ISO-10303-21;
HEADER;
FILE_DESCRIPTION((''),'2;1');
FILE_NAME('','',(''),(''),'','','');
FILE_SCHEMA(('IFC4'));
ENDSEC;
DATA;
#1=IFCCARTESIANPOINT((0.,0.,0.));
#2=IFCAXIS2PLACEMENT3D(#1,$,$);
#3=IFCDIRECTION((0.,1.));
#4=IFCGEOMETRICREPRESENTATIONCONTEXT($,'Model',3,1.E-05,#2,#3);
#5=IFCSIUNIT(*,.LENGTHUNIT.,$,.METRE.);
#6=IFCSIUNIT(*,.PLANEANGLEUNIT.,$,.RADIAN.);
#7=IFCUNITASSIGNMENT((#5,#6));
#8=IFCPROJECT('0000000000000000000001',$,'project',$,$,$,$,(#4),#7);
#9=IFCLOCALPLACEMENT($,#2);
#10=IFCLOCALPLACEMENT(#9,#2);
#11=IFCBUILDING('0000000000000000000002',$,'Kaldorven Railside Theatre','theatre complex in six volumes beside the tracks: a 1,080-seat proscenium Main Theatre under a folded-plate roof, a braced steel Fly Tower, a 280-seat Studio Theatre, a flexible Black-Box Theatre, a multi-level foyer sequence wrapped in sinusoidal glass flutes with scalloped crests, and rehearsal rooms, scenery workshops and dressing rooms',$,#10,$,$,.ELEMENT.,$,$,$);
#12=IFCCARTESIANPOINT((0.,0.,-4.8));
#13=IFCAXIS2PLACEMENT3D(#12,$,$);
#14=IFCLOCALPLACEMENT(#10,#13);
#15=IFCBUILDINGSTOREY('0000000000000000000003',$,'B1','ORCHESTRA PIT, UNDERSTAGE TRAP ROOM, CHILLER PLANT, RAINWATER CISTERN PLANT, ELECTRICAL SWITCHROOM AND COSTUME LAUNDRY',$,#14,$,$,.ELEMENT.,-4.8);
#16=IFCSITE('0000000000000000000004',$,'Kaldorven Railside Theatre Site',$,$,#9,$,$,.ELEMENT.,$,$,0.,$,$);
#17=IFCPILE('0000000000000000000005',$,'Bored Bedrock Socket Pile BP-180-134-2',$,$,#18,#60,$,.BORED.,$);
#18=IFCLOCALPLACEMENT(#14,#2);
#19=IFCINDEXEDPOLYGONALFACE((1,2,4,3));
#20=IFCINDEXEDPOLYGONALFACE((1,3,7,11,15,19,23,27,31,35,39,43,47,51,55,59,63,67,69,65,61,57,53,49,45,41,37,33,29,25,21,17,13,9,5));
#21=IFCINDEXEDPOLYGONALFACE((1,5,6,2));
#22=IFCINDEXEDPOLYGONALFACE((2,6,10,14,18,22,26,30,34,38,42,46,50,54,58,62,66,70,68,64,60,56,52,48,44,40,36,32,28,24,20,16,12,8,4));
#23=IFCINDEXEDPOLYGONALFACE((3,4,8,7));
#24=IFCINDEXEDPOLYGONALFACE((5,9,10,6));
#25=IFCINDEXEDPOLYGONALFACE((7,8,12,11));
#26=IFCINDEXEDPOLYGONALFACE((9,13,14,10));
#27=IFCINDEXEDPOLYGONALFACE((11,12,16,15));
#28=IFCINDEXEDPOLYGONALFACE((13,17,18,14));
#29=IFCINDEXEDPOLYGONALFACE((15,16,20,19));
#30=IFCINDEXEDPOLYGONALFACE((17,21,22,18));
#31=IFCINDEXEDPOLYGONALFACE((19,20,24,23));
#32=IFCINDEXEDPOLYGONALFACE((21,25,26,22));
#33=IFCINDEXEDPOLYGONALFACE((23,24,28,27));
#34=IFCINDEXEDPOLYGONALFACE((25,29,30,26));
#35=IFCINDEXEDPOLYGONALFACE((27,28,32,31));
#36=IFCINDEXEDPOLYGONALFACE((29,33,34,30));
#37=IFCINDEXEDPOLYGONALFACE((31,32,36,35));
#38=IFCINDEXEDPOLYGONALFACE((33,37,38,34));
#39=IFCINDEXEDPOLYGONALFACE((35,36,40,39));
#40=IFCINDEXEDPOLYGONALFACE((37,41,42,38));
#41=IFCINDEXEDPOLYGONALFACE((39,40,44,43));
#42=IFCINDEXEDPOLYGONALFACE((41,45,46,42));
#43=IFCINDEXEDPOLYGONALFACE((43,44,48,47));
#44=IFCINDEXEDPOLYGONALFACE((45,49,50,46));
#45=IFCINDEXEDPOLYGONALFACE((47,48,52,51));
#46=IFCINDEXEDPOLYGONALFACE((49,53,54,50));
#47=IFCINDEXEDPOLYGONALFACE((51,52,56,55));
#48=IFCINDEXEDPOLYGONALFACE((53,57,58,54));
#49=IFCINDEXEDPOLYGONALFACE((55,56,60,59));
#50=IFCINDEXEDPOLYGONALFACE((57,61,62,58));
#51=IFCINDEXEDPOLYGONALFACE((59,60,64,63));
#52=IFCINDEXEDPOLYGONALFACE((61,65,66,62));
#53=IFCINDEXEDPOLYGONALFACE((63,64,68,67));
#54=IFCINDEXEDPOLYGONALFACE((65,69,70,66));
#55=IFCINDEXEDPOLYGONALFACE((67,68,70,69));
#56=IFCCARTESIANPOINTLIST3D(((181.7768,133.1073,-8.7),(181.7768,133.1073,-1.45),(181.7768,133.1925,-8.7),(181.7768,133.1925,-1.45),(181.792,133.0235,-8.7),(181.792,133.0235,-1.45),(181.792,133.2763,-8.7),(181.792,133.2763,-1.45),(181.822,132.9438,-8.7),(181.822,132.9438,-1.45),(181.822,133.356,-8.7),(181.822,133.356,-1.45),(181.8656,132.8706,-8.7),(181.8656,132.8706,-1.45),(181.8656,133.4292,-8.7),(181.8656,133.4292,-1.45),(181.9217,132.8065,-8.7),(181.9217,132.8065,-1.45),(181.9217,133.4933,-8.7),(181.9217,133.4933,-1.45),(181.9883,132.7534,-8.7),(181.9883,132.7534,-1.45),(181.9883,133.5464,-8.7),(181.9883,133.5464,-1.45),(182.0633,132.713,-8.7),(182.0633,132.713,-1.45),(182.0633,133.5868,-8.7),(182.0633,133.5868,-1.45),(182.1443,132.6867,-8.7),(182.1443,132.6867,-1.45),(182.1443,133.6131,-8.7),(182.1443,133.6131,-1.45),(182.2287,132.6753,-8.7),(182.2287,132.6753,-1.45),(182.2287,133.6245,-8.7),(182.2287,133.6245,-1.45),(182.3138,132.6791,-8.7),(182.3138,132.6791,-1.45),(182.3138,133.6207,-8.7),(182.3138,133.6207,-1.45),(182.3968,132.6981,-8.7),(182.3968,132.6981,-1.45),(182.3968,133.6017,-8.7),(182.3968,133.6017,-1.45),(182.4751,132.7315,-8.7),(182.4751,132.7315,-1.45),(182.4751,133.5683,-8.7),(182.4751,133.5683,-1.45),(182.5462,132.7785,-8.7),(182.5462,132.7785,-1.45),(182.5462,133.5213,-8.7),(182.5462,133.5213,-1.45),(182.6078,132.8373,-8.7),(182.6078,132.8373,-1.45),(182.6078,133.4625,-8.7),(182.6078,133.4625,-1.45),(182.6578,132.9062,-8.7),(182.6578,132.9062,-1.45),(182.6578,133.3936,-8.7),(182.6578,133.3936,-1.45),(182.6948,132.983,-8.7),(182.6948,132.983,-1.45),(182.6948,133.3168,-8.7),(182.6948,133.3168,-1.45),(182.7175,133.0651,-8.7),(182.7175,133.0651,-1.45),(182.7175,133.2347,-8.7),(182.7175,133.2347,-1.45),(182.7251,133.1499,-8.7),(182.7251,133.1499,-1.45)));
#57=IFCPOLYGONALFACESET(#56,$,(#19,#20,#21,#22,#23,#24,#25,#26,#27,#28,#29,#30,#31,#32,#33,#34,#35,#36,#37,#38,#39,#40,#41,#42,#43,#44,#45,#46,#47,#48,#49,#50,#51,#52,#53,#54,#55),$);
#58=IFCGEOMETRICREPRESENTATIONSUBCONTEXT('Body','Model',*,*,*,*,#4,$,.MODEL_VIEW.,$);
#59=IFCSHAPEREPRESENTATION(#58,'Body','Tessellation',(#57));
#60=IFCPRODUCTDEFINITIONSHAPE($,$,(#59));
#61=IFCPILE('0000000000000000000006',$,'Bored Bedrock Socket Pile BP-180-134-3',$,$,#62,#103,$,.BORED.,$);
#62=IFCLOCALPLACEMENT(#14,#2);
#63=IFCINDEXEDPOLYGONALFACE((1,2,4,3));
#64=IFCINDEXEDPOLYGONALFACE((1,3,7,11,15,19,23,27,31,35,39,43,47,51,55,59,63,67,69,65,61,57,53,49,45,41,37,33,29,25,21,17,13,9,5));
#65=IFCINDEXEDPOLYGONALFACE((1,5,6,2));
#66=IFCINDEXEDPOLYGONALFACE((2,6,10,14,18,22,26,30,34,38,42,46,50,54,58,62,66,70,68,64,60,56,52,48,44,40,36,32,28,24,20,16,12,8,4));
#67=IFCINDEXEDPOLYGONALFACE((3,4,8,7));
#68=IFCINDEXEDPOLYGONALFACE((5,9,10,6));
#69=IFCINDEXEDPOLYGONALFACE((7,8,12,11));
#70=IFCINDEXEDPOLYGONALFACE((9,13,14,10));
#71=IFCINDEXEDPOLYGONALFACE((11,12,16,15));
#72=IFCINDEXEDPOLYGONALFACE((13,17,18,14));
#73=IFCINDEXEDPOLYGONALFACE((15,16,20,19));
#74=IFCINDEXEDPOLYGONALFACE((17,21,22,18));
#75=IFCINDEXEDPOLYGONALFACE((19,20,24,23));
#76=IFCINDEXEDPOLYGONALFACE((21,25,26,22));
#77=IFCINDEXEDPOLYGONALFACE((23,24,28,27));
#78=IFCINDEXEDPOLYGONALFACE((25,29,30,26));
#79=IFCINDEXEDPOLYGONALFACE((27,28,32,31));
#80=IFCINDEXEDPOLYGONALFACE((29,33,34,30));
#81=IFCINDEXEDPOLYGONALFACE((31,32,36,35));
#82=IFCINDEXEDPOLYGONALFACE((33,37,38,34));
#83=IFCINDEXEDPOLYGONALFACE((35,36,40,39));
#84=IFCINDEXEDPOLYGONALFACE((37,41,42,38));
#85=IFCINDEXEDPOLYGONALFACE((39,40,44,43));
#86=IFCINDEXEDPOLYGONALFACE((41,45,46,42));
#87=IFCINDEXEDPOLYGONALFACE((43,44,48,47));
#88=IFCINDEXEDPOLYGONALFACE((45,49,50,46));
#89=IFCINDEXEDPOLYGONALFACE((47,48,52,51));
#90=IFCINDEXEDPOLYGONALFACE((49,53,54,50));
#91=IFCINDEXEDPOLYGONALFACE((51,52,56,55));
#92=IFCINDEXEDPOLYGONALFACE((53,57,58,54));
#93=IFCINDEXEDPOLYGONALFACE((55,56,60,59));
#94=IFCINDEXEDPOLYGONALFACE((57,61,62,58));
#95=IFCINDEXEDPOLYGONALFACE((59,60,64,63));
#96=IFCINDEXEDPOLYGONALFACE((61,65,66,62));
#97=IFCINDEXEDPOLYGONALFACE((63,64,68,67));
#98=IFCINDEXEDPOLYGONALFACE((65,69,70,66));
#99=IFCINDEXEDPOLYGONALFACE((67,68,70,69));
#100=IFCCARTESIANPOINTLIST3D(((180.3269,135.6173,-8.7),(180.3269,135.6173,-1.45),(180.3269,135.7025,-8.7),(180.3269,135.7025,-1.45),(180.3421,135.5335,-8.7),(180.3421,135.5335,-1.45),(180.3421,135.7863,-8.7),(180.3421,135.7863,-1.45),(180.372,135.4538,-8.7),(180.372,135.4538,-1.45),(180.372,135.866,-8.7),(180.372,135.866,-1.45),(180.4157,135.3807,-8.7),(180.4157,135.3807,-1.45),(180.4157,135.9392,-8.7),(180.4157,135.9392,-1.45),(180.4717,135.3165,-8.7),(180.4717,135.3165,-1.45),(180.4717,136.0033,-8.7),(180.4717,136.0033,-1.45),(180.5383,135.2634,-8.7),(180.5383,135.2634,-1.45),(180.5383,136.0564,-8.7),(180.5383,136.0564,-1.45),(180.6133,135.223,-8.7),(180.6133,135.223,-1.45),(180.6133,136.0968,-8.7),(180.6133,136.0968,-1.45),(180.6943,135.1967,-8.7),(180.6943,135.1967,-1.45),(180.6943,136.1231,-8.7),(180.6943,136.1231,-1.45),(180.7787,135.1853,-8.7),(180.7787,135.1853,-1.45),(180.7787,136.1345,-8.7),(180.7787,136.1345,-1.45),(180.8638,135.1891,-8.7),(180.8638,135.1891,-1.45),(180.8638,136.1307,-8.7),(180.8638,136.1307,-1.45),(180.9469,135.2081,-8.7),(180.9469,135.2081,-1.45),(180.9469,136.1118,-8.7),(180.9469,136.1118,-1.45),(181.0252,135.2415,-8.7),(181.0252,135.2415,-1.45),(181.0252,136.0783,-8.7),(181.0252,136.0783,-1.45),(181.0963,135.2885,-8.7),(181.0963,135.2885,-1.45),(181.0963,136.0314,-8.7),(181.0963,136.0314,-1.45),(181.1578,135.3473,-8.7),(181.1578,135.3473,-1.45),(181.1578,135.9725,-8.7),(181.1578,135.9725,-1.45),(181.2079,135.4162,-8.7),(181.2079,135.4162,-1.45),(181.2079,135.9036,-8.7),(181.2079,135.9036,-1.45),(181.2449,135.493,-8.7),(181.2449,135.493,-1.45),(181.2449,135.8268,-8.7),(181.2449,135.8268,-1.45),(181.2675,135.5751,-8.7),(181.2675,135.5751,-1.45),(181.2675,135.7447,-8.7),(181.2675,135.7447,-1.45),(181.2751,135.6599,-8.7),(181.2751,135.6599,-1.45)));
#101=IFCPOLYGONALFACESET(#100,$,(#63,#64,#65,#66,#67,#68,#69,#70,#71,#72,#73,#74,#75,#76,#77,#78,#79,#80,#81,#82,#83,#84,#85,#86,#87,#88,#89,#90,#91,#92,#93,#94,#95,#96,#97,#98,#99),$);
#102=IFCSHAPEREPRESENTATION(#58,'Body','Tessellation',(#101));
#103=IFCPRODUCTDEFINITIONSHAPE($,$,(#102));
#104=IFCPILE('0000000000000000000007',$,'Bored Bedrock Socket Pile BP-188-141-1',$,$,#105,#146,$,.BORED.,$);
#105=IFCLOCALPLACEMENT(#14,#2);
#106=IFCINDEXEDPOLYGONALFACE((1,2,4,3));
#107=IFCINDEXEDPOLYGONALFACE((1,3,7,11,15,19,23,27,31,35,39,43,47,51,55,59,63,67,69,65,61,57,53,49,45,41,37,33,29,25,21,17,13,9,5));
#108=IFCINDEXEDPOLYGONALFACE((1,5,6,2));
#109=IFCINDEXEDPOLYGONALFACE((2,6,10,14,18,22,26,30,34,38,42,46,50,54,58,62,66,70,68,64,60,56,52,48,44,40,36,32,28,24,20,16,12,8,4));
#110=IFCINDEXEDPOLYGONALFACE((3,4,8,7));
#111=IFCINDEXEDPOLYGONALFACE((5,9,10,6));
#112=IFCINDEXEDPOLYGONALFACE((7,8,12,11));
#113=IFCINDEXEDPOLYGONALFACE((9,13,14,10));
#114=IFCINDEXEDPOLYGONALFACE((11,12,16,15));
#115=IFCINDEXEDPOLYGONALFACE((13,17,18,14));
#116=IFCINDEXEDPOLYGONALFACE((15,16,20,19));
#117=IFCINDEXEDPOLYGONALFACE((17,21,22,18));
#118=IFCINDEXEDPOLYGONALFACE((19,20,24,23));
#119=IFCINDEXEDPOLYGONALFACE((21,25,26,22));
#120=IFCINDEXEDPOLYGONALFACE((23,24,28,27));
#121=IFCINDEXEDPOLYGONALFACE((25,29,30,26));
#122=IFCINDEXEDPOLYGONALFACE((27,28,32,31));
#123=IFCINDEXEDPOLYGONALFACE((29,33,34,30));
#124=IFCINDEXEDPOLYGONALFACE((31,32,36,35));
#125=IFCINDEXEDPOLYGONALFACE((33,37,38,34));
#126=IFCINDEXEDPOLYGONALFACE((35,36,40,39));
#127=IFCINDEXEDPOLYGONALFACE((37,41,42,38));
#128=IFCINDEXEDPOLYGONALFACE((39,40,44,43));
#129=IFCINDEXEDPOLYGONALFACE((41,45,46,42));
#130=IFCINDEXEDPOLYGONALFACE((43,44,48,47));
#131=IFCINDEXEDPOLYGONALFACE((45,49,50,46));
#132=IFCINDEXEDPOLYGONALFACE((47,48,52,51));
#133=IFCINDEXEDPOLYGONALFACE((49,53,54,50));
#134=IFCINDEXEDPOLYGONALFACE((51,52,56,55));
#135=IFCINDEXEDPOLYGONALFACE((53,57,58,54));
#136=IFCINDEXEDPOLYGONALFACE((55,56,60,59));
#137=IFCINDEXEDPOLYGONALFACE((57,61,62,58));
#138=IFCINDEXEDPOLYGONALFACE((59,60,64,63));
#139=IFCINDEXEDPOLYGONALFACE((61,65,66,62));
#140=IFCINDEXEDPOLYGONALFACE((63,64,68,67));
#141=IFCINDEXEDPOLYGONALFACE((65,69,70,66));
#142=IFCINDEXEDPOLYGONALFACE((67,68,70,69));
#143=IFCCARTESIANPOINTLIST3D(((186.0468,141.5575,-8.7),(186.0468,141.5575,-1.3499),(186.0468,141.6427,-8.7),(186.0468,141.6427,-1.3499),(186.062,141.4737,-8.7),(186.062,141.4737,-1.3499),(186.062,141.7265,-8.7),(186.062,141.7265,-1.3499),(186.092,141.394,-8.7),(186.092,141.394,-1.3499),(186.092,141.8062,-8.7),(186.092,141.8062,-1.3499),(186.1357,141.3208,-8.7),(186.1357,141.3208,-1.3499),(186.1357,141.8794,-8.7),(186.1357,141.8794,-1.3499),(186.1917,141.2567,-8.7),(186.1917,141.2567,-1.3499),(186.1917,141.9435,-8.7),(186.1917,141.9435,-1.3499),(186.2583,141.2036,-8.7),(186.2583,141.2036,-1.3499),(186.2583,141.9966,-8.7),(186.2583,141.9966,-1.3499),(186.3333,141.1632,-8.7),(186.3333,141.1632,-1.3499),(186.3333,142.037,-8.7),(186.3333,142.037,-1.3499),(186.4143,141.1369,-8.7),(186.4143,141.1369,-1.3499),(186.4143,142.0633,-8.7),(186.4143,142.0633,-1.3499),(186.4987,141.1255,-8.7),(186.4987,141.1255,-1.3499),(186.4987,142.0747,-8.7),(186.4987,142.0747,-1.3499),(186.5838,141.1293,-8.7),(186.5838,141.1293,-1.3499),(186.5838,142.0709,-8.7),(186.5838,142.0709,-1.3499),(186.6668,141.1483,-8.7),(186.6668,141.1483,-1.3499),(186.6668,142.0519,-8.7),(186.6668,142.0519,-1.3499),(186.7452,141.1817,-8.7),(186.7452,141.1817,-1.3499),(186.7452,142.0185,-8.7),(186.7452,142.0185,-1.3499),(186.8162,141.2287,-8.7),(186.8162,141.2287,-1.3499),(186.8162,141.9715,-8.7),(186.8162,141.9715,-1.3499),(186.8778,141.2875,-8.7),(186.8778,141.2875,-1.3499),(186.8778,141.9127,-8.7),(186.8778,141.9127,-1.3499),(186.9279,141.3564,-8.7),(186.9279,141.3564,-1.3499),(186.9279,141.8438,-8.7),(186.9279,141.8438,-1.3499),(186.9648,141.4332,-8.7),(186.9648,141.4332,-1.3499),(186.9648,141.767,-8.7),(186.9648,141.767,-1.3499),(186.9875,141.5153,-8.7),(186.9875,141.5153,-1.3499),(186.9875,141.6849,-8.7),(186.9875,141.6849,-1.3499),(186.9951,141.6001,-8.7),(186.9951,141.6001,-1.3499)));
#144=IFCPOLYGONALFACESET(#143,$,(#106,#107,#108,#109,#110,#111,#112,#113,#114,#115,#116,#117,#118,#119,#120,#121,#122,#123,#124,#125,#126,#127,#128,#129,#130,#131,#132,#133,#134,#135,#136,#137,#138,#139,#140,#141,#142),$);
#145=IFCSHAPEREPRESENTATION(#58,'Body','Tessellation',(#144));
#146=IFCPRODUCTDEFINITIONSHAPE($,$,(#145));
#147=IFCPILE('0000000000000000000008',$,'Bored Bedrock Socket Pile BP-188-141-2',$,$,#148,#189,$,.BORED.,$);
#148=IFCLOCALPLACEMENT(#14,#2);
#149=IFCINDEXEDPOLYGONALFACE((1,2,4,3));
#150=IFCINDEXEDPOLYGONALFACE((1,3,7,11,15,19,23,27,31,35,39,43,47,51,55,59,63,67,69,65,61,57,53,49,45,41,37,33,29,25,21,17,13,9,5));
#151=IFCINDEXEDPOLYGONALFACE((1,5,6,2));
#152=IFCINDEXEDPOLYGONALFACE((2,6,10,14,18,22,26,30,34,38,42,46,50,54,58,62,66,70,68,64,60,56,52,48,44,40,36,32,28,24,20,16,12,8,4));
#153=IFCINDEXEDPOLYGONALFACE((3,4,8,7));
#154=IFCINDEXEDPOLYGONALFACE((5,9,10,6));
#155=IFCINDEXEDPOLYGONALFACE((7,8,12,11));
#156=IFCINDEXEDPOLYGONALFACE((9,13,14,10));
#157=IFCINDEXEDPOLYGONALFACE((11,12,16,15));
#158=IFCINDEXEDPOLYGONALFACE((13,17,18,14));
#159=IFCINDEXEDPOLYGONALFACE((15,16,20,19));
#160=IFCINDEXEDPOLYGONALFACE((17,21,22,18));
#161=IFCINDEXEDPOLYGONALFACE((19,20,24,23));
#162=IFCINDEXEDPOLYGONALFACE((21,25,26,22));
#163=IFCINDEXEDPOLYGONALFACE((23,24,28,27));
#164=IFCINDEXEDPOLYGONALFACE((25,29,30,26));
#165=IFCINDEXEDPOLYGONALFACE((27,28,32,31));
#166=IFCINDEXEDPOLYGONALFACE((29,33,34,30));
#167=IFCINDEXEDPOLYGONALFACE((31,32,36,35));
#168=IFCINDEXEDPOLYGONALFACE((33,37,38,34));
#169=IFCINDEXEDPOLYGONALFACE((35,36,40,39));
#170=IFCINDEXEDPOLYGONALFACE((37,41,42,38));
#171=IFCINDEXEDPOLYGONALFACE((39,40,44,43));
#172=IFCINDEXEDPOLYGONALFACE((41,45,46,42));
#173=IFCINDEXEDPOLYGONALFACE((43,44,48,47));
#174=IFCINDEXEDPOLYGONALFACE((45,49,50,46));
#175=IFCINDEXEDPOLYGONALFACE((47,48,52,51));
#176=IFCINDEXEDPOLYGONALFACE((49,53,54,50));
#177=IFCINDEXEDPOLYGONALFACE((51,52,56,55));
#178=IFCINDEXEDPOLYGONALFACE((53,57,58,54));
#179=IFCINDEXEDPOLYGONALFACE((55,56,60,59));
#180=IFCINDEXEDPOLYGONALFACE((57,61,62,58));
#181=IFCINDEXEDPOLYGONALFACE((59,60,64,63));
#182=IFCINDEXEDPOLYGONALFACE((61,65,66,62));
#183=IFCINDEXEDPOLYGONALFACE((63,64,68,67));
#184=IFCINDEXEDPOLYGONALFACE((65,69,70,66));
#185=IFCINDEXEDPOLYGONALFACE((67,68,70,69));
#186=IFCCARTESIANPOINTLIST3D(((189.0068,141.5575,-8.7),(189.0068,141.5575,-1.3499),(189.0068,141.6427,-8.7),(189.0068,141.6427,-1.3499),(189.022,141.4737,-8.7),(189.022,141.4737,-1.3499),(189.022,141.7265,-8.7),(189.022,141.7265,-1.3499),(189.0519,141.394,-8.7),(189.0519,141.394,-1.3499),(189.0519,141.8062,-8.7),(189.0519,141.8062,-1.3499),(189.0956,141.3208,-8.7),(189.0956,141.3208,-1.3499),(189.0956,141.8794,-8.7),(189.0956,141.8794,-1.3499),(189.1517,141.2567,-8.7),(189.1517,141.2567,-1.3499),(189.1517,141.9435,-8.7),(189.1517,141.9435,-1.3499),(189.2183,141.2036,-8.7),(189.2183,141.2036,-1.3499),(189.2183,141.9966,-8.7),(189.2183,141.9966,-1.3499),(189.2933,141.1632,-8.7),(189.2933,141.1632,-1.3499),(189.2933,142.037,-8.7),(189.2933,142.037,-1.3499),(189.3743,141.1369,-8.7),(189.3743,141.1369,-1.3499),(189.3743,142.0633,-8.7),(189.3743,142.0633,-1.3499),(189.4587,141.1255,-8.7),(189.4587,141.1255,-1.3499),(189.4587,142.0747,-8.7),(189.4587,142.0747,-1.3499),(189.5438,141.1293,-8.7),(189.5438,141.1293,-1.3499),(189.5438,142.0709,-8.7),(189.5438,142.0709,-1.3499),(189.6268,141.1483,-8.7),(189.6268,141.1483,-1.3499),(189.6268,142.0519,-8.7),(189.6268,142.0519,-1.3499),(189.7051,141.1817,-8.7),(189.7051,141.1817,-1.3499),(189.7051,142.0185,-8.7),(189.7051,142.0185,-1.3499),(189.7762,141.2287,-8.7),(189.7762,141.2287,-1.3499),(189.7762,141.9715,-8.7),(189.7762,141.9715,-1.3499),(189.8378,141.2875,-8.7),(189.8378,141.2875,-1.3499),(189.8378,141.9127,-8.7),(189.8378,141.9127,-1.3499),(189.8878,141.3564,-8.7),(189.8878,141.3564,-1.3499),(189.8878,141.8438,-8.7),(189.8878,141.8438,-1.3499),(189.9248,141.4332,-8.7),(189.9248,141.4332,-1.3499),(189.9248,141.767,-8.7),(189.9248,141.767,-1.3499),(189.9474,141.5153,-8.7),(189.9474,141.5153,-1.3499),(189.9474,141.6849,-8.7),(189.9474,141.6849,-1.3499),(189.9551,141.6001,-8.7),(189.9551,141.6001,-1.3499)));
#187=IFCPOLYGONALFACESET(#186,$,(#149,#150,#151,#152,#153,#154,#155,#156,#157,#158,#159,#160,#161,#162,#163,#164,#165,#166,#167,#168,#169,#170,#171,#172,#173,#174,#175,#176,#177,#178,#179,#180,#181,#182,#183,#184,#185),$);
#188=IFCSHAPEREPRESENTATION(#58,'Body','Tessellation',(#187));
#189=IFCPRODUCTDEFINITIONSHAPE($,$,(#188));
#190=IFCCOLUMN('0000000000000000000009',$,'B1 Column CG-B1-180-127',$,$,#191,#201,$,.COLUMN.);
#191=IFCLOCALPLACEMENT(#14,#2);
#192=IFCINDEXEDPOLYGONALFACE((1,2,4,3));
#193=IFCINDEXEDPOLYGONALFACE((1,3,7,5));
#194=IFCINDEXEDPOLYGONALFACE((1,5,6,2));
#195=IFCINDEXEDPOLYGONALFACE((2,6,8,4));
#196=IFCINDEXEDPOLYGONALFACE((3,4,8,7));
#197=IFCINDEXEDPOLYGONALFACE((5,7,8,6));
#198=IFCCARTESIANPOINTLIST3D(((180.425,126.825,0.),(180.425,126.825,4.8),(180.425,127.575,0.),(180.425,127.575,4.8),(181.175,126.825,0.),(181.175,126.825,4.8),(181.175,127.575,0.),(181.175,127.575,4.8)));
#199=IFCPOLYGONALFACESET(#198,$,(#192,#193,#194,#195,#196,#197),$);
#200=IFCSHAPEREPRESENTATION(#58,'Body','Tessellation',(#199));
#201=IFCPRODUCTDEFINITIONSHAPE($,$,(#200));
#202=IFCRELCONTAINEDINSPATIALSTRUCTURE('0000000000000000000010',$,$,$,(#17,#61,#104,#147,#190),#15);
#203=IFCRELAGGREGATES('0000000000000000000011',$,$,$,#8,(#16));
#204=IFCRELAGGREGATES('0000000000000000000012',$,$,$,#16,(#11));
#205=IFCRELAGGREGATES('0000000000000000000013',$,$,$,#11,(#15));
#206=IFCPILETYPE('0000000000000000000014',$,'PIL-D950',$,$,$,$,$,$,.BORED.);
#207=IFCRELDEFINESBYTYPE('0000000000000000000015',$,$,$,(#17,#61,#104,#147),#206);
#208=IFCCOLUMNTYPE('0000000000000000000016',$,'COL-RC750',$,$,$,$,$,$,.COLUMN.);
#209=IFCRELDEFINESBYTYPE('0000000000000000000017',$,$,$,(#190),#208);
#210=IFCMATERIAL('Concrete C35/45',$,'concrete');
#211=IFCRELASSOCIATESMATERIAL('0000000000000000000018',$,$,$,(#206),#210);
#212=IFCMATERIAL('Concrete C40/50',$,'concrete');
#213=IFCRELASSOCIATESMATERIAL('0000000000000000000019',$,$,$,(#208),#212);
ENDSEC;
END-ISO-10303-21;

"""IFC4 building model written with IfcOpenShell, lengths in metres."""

from ifc_helpers import new_model, si_unit, direction, frame, origin, origin_2d, place, context, subcontext, project, spatial, rectangle, circle, extrude, material, material_profile, profile_set, type_object, element, save


model = new_model("IFC4")

# Units and contexts
model_context = context("Model", 3, precision=1e-05, world=origin(), true_north=direction((0.0, 1.0)))
body_context = subcontext(model_context, "Body", "Model", "MODEL_VIEW")
ifc_project = project(units=[si_unit("LENGTHUNIT", "METRE"), si_unit("PLANEANGLEUNIT", "RADIAN")], contexts=[model_context])

# Site, building, storey
site_placement = place(None, origin())
site = spatial("IfcSite", under=ifc_project, at=site_placement, Name="Kaldorven Railside Theatre Site", CompositionType="ELEMENT", RefElevation=0.0)
building_placement = place(site_placement, origin())
building = spatial("IfcBuilding", under=site, at=building_placement, Name="Kaldorven Railside Theatre", Description="theatre complex in six volumes beside the tracks: a 1,080-seat proscenium Main Theatre under a folded-plate roof, a braced steel Fly Tower, a 280-seat Studio Theatre, a flexible Black-Box Theatre, a multi-level foyer sequence wrapped in sinusoidal glass flutes with scalloped crests, and rehearsal rooms, scenery workshops and dressing rooms", CompositionType="ELEMENT")
storey_placement = place(building_placement, frame((0.0, 0.0, -4.8)))
storey = spatial("IfcBuildingStorey", under=building, at=storey_placement, Name="B1", Description="ORCHESTRA PIT, UNDERSTAGE TRAP ROOM, CHILLER PLANT, RAINWATER CISTERN PLANT, ELECTRICAL SWITCHROOM AND COSTUME LAUNDRY", CompositionType="ELEMENT", Elevation=-4.8)

# Shared definitions
ifc_material_1 = material(Name="Concrete C40/50", Category="concrete")

# Piles
ifc_material_2 = material(Name="Concrete C35/45", Category="concrete")
ifc_material_profile_1 = material_profile(ifc_material_2, circle(Radius=0.4751, at=origin_2d()), Name="BP D950")
ifc_profile_set_1 = profile_set([ifc_material_profile_1], Name="Concrete C35/45")
pile_type_1 = type_object("IfcPileType", Name="PIL-D950", PredefinedType="BORED", material=ifc_profile_set_1)
for number, where, z_axis, x_axis, name in (
    (1, (182.25, 133.1499, -1.45), (0.0, 0.0, -1.0), (1.0, 0.0, 0.0), "Bored Bedrock Socket Pile BP-180-134-2"),
    (2, (180.8, 135.6599, -1.45), (0.0, 0.0, -1.0), (1.0, 0.0, 0.0), "Bored Bedrock Socket Pile BP-180-134-3"),
):
    element("IfcPile", number, at=place(storey_placement, frame(where, z_axis=z_axis, x_axis=x_axis)), inside=storey, type_object=pile_type_1, Name=name, PredefinedType="BORED", context=body_context, shape_type="SweptSolid", body=[
        extrude(circle(Radius=0.4751, at=origin_2d()), origin(), (0.0, 0.0, 1.0), 7.25),
    ])
for number, where, z_axis, x_axis, name in (
    (3, (186.52, 141.6001, -1.3499), (0.0, 0.0, -1.0), (1.0, 0.0, 0.0), "Bored Bedrock Socket Pile BP-188-141-1"),
    (4, (189.48, 141.6001, -1.3499), (0.0, 0.0, -1.0), (1.0, 0.0, 0.0), "Bored Bedrock Socket Pile BP-188-141-2"),
):
    element("IfcPile", number, at=place(storey_placement, frame(where, z_axis=z_axis, x_axis=x_axis)), inside=storey, type_object=pile_type_1, Name=name, PredefinedType="BORED", context=body_context, shape_type="SweptSolid", body=[
        extrude(circle(Radius=0.4751, at=origin_2d()), origin(), (0.0, 0.0, 1.0), 7.3501),
    ])

# Column
ifc_material_profile_2 = material_profile(ifc_material_1, rectangle(XDim=0.75, YDim=0.75, at=origin_2d()), Name="RC 750x750")
ifc_profile_set_2 = profile_set([ifc_material_profile_2], Name="Concrete C40/50")
column_type = type_object("IfcColumnType", Name="COL-RC750", PredefinedType="COLUMN", material=ifc_profile_set_2)
for number, where, z_axis, x_axis, name in (
    (5, (180.8, 127.2, 0.0), (0.0, 0.0, 1.0), (1.0, 0.0, 0.0), "B1 Column CG-B1-180-127"),
):
    element("IfcColumn", number, at=place(storey_placement, frame(where, z_axis=z_axis, x_axis=x_axis)), inside=storey, type_object=column_type, Name=name, PredefinedType="COLUMN", context=body_context, shape_type="SweptSolid", body=[
        extrude(rectangle(XDim=0.75, YDim=0.75, at=origin_2d()), origin(), (0.0, 0.0, 1.0), 4.8),
    ])

save(model, "model.ifc")
